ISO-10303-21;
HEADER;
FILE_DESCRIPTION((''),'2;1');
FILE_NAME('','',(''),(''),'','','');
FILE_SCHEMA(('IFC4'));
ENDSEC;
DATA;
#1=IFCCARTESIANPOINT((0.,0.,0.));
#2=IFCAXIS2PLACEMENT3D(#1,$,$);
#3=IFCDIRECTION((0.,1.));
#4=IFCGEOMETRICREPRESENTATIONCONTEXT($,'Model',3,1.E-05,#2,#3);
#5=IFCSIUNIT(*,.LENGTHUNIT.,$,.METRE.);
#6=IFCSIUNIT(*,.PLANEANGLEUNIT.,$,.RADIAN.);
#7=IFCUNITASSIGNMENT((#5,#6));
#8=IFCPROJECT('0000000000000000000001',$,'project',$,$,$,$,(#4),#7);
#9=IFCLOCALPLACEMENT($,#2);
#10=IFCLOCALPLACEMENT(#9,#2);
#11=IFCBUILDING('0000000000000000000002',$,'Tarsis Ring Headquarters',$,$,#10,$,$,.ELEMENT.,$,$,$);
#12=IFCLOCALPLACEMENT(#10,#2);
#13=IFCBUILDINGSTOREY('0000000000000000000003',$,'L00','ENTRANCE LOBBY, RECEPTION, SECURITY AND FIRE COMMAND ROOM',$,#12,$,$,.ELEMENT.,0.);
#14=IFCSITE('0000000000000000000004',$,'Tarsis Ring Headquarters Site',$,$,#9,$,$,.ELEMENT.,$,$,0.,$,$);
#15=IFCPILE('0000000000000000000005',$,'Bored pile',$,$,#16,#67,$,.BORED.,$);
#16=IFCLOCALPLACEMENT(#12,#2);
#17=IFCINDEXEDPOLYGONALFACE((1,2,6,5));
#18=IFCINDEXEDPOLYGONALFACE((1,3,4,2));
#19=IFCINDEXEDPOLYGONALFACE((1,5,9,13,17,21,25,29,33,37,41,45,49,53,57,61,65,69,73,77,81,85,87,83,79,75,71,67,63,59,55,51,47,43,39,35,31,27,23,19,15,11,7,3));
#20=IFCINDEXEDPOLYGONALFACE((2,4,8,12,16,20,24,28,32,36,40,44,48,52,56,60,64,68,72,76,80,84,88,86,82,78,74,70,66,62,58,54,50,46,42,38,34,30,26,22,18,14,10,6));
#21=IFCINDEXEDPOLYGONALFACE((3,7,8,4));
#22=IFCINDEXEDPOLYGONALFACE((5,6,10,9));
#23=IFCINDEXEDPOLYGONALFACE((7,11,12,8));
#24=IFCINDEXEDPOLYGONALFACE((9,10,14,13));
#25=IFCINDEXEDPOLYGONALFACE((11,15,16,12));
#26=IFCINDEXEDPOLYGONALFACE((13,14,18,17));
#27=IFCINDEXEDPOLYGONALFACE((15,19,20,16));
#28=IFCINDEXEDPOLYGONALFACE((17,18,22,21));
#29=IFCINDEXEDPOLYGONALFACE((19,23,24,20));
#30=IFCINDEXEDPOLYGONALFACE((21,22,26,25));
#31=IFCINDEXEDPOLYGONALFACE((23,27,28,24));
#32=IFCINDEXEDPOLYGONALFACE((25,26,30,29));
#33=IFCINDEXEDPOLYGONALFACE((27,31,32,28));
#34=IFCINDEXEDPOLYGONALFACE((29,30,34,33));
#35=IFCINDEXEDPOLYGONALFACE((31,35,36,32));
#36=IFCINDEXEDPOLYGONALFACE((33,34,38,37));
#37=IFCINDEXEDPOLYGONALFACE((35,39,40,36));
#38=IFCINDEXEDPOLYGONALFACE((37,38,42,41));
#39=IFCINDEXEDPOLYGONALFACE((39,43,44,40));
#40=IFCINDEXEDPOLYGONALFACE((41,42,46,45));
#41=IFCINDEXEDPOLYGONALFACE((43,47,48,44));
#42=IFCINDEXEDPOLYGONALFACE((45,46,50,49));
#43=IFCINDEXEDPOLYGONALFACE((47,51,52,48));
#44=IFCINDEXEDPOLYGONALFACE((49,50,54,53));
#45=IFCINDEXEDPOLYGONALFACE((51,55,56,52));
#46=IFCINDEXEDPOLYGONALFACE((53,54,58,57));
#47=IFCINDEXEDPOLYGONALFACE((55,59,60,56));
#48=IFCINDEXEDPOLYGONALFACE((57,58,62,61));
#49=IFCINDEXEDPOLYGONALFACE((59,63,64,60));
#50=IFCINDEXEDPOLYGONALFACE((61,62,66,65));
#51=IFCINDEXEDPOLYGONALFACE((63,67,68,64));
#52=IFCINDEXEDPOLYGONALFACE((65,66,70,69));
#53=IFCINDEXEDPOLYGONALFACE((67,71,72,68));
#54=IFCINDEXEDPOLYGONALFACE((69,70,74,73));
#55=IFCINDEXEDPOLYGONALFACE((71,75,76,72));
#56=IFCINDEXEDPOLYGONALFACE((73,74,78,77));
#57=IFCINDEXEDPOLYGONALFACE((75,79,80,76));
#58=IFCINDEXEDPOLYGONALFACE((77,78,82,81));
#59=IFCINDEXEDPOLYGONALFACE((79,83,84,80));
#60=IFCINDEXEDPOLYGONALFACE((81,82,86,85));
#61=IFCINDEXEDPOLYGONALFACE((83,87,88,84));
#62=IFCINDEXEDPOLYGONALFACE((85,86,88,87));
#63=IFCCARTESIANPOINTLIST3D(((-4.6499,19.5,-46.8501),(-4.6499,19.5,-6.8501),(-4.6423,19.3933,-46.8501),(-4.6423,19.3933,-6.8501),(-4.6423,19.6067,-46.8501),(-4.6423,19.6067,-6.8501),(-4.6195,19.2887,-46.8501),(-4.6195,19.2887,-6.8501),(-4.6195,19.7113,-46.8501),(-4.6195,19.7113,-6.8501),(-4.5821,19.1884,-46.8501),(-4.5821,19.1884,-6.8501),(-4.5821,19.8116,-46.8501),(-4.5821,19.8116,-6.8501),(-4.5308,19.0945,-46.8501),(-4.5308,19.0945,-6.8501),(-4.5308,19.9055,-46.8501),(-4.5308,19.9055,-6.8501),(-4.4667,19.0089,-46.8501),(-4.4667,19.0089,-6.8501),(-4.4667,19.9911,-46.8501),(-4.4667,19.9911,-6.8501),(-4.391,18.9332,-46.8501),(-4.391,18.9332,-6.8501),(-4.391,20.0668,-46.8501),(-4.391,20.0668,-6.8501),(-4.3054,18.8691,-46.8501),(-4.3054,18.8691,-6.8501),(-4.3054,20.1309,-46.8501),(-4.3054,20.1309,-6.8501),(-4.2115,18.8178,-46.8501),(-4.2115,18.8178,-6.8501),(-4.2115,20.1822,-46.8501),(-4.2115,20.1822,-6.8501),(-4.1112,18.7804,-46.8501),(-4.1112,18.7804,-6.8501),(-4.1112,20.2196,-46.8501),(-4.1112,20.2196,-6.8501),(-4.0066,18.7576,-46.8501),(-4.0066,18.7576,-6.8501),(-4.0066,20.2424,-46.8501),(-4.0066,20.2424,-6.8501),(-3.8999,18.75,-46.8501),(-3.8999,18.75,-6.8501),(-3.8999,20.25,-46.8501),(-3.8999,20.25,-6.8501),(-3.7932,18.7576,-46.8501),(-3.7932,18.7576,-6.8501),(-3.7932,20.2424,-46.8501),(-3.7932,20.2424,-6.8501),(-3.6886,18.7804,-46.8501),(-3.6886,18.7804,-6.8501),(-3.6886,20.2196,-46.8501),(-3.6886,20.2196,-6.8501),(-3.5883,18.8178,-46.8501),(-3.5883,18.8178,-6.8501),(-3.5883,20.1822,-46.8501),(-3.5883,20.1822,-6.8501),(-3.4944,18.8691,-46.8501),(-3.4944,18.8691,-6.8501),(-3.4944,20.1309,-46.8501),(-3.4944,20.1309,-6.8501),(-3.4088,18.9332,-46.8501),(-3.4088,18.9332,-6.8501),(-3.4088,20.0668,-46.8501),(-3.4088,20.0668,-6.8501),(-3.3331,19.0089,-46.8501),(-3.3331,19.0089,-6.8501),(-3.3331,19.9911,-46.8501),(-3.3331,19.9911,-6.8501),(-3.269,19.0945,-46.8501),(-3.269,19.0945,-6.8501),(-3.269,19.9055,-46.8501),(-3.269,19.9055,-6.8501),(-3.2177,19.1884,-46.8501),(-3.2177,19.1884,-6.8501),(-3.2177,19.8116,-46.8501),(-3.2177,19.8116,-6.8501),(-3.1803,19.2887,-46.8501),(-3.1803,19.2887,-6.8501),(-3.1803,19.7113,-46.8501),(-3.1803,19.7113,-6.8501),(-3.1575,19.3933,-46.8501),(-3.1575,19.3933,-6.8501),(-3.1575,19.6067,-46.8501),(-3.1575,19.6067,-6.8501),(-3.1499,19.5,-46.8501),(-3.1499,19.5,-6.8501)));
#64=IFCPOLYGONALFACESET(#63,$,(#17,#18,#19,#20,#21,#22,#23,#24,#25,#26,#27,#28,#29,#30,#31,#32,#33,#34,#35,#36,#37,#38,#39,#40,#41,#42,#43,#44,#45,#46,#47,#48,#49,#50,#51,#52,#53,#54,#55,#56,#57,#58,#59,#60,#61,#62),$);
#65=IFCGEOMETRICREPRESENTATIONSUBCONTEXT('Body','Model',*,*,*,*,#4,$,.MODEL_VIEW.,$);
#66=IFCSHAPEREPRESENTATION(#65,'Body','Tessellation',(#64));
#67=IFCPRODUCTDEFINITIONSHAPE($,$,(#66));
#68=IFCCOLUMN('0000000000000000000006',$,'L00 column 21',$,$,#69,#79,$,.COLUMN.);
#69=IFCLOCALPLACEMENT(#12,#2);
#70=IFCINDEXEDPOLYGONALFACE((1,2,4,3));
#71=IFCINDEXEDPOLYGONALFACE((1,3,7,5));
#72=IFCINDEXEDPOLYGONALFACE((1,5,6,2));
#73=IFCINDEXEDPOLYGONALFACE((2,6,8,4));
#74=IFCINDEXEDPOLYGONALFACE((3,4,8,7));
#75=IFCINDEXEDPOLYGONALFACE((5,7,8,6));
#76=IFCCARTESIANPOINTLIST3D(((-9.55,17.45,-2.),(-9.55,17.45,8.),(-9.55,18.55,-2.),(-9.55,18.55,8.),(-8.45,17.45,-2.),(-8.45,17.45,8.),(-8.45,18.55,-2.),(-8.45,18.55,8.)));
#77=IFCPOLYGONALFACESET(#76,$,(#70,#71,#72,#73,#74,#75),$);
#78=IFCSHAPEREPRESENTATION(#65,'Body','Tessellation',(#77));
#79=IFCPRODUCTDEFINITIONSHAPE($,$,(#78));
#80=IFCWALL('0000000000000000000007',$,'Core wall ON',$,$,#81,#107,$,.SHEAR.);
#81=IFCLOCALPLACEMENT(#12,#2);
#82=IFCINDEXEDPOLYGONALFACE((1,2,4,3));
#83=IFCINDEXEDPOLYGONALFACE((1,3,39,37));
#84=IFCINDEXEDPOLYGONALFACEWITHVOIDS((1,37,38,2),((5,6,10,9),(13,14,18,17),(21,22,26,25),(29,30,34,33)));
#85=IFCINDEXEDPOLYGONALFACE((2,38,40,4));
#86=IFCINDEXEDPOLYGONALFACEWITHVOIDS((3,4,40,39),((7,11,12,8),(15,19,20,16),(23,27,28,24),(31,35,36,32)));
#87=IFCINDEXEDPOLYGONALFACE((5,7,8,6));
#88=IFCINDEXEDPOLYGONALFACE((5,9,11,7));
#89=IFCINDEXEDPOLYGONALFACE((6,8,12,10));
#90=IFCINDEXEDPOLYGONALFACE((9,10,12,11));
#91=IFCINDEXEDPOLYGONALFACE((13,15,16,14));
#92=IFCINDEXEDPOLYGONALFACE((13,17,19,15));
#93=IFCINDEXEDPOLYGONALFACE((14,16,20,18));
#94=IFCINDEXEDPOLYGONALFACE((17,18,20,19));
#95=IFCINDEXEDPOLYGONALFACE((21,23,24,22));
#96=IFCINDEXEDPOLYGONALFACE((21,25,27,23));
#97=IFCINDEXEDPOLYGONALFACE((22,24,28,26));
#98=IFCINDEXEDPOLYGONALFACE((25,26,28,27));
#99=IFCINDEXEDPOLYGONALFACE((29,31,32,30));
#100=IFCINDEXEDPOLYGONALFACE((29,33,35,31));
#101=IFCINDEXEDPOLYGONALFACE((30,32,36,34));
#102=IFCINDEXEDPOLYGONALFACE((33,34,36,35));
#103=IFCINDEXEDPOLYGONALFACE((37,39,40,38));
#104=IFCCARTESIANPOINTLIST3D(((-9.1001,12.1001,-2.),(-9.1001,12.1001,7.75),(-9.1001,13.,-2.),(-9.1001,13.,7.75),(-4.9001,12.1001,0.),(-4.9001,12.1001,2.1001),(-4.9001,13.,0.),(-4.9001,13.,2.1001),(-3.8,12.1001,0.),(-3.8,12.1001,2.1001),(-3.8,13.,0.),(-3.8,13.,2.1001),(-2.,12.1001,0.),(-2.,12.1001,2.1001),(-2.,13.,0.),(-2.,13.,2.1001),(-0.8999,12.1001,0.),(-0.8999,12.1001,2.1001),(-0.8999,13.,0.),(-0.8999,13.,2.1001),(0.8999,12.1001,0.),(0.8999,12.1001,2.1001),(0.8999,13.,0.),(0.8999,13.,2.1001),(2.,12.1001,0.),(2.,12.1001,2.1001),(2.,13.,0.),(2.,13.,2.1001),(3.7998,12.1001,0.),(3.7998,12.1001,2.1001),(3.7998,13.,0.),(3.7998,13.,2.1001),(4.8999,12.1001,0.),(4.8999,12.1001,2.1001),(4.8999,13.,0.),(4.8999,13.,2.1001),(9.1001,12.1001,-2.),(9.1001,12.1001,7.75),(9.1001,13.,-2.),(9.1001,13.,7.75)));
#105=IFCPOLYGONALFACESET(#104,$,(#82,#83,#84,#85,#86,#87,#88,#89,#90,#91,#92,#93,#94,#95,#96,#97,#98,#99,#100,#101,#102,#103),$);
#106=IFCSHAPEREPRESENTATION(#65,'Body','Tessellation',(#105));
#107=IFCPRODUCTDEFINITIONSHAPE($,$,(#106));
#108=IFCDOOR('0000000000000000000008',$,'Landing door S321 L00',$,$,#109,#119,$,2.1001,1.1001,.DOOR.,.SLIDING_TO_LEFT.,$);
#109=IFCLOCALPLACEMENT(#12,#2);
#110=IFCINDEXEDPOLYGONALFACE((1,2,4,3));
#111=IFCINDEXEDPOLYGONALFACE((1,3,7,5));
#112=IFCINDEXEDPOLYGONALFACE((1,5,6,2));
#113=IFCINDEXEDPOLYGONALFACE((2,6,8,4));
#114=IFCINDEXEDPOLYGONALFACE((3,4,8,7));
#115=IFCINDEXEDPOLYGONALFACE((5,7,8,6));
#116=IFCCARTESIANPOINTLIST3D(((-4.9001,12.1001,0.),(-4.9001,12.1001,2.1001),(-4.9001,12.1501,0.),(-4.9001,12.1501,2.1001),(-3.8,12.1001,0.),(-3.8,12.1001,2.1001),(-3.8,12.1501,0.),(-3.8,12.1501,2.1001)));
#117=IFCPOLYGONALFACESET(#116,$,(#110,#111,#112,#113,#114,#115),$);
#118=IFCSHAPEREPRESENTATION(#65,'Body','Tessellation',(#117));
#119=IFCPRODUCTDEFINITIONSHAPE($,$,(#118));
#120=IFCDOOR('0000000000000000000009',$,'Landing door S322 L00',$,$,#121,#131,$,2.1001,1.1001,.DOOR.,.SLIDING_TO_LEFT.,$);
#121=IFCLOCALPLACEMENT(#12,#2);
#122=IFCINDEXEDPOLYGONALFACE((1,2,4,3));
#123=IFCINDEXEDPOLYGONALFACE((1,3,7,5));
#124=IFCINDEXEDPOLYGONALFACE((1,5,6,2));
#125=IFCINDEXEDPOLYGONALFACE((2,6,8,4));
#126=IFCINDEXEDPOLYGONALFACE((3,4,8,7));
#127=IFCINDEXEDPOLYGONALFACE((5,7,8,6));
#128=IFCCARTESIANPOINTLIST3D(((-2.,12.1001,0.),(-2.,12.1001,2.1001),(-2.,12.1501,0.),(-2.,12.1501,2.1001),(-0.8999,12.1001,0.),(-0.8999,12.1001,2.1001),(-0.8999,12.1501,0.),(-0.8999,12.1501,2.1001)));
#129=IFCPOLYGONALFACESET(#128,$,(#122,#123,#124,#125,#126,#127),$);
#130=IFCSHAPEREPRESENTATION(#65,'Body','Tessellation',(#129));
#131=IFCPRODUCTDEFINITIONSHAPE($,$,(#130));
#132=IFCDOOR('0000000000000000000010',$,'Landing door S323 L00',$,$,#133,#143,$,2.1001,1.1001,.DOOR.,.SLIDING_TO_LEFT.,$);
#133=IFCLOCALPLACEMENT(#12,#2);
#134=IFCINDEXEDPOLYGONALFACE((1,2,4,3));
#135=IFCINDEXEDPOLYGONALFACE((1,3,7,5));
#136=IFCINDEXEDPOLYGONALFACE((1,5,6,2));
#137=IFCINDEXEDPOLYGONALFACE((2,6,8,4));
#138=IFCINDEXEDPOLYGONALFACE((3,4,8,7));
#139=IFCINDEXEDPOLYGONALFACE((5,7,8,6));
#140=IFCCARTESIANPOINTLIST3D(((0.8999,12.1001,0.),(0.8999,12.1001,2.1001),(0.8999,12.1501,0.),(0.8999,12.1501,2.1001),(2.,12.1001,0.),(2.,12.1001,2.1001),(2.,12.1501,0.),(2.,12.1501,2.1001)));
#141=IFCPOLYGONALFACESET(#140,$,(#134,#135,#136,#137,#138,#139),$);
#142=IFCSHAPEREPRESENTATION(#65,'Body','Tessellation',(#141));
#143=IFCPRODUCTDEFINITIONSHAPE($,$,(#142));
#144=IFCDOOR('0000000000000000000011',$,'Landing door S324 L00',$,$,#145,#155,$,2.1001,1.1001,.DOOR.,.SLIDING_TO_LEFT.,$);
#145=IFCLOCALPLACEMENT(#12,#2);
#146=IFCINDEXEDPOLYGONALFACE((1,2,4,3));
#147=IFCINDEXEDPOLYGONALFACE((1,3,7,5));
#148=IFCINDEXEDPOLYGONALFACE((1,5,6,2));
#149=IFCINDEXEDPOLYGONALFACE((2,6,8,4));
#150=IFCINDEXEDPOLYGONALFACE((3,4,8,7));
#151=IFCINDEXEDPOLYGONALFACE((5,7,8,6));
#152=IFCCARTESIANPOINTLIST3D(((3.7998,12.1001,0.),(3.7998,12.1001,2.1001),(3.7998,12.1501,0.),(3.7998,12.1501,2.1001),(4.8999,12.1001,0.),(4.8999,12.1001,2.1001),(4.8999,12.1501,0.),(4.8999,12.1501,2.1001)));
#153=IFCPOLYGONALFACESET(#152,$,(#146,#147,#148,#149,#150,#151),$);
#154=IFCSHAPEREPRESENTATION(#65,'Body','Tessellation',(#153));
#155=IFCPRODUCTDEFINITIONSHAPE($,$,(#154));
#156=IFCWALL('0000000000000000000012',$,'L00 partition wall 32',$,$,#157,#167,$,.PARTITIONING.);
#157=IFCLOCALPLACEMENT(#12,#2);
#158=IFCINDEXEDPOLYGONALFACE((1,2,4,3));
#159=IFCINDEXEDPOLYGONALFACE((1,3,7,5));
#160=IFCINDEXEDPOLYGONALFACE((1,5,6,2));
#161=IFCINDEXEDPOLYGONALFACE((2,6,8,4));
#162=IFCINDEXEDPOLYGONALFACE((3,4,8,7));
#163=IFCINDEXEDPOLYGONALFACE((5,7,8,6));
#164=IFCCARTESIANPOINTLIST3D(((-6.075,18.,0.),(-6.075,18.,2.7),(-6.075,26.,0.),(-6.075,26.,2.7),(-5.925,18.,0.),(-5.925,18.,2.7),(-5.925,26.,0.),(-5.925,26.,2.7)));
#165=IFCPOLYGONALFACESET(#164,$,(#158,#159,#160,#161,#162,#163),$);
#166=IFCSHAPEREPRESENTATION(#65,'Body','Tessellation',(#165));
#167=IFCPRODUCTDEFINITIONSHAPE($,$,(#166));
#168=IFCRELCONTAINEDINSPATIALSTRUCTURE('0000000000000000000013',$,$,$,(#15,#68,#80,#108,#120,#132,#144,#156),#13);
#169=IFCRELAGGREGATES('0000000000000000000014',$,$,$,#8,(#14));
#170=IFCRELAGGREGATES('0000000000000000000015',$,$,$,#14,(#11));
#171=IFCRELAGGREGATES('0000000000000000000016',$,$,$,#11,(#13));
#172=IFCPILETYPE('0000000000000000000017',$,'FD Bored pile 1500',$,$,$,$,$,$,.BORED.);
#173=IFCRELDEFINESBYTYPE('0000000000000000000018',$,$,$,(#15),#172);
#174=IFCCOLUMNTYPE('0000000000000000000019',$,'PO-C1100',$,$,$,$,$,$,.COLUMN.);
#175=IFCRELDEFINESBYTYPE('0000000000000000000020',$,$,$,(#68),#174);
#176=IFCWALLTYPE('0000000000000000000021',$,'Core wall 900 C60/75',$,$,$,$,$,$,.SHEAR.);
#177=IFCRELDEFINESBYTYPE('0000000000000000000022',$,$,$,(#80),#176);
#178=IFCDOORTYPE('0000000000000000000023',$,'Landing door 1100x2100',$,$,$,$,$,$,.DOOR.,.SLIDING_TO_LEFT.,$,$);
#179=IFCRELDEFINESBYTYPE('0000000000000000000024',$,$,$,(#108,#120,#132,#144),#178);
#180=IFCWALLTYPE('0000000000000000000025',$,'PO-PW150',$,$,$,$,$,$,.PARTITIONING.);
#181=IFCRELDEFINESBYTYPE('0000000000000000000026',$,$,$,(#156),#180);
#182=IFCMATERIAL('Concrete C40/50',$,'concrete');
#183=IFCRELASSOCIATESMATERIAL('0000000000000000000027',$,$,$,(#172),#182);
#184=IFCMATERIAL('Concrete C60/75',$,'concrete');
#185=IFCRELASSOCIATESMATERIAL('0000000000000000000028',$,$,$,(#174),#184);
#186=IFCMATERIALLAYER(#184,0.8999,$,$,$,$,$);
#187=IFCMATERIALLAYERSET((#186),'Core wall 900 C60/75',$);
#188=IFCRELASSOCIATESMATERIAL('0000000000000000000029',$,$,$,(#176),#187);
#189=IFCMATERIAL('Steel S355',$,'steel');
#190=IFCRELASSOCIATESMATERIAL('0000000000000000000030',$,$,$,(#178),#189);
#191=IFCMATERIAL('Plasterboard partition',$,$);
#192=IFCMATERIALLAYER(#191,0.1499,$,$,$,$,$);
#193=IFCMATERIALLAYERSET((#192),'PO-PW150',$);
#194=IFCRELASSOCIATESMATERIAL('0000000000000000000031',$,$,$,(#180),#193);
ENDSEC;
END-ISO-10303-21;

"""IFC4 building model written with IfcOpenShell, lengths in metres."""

from ifc_helpers import new_model, si_unit, direction, frame, frame_2d, origin, origin_2d, place, context, subcontext, project, spatial, rectangle, circle, extrude, material, layer, layer_set, material_profile, profile_set, type_object, element, fill, save


model = new_model("IFC4")

# Units and contexts
model_context = context("Model", 3, precision=1e-05, world=origin(), true_north=direction((0.0, 1.0)))
body_context = subcontext(model_context, "Body", "Model", "MODEL_VIEW")
ifc_project = project(units=[si_unit("LENGTHUNIT", "METRE"), si_unit("PLANEANGLEUNIT", "RADIAN")], contexts=[model_context])

# Site, building, storey
site_placement = place(None, origin())
site = spatial("IfcSite", under=ifc_project, at=site_placement, Name="Tarsis Ring Headquarters Site", CompositionType="ELEMENT", RefElevation=0.0)
building_placement = place(site_placement, origin())
building = spatial("IfcBuilding", under=site, at=building_placement, Name="Tarsis Ring Headquarters", CompositionType="ELEMENT")
storey_placement = place(building_placement, origin())
storey = spatial("IfcBuildingStorey", under=building, at=storey_placement, Name="L00", Description="ENTRANCE LOBBY, RECEPTION, SECURITY AND FIRE COMMAND ROOM", CompositionType="ELEMENT", Elevation=0.0)

# Pile
ifc_material_1 = material(Name="Concrete C40/50", Category="concrete")
ifc_material_profile_1 = material_profile(ifc_material_1, circle(Radius=0.75, at=origin_2d()), Name="BORED 1500")
ifc_profile_set_1 = profile_set([ifc_material_profile_1], Name="Concrete C40/50")
pile_type = type_object("IfcPileType", Name="FD Bored pile 1500", PredefinedType="BORED", material=ifc_profile_set_1)
for number, where, z_axis, x_axis, name in (
    (1, (-3.8999, 19.5, -6.8501), (0.0, 0.0, -1.0), (1.0, 0.0, 0.0), "Bored pile"),
):
    element("IfcPile", number, at=place(storey_placement, frame(where, z_axis=z_axis, x_axis=x_axis)), inside=storey, type_object=pile_type, Name=name, PredefinedType="BORED", context=body_context, shape_type="SweptSolid", body=[
        extrude(circle(Radius=0.75, at=origin_2d()), origin(), (0.0, 0.0, 1.0), 40.0),
    ])

# Column
ifc_material_2 = material(Name="Concrete C60/75", Category="concrete")
ifc_material_profile_2 = material_profile(ifc_material_2, rectangle(XDim=1.1001, YDim=1.1001, at=origin_2d()), Name="PO-C1100")
ifc_profile_set_2 = profile_set([ifc_material_profile_2], Name="Concrete C60/75")
column_type = type_object("IfcColumnType", Name="PO-C1100", PredefinedType="COLUMN", material=ifc_profile_set_2)
column_placement = place(storey_placement, frame((-9.0, 18.0, -2.0), z_axis=(0.0, 0.0, 1.0), x_axis=(1.0, 0.0, 0.0)))
element("IfcColumn", 2, at=column_placement, inside=storey, type_object=column_type, Name="L00 column 21", PredefinedType="COLUMN", context=body_context, shape_type="SweptSolid", body=[
    extrude(rectangle(XDim=1.1001, YDim=1.1001, at=origin_2d()), origin(), (0.0, 0.0, 1.0), 10.0),
])

# Wall, openings, doors
ifc_layer_1 = layer(ifc_material_2, 0.8999)
ifc_layer_set_1 = layer_set([ifc_layer_1], Name="Core wall 900 C60/75")
wall_type_1 = type_object("IfcWallType", Name="Core wall 900 C60/75", PredefinedType="SHEAR", material=ifc_layer_set_1)
wall_1_placement = place(storey_placement, frame((-9.1001, 12.55, -2.0), z_axis=(0.0, 0.0, 1.0), x_axis=(1.0, 0.0, 0.0)))
wall_1 = element("IfcWall", 3, at=wall_1_placement, inside=storey, type_object=wall_type_1, Name="Core wall ON", PredefinedType="SHEAR", context=body_context, shape_type="SweptSolid", body=[
    extrude(rectangle(XDim=18.2002, YDim=0.8999, at=frame_2d((9.1001, 0.0))), origin(), (0.0, 0.0, 1.0), 9.75),
])
opening_1_placement = place(wall_1_placement, frame((4.2, 0.0, 2.0)))
opening_1 = element("IfcOpeningElement", 4, at=opening_1_placement, cuts=wall_1, PredefinedType="OPENING", context=body_context, shape_type="SweptSolid", body=[
    extrude(rectangle(XDim=1.1001, YDim=2.1001, at=frame_2d((0.55, 1.05))), frame((0.0, 0.46, 0.0), z_axis=(0.0, -1.0, 0.0), x_axis=(1.0, 0.0, 0.0)), (0.0, 0.0, 1.0), 0.9199),
])
opening_2_placement = place(wall_1_placement, frame((7.1001, 0.0, 2.0)))
opening_2 = element("IfcOpeningElement", 5, at=opening_2_placement, cuts=wall_1, PredefinedType="OPENING", context=body_context, shape_type="SweptSolid", body=[
    extrude(rectangle(XDim=1.1001, YDim=2.1001, at=frame_2d((0.55, 1.05))), frame((0.0, 0.46, 0.0), z_axis=(0.0, -1.0, 0.0), x_axis=(1.0, 0.0, 0.0)), (0.0, 0.0, 1.0), 0.9199),
])
opening_3_placement = place(wall_1_placement, frame((10.0, 0.0, 2.0)))
opening_3 = element("IfcOpeningElement", 6, at=opening_3_placement, cuts=wall_1, PredefinedType="OPENING", context=body_context, shape_type="SweptSolid", body=[
    extrude(rectangle(XDim=1.1001, YDim=2.1001, at=frame_2d((0.55, 1.05))), frame((0.0, 0.46, 0.0), z_axis=(0.0, -1.0, 0.0), x_axis=(1.0, 0.0, 0.0)), (0.0, 0.0, 1.0), 0.9199),
])
opening_4_placement = place(wall_1_placement, frame((12.8999, 0.0, 2.0)))
opening_4 = element("IfcOpeningElement", 7, at=opening_4_placement, cuts=wall_1, PredefinedType="OPENING", context=body_context, shape_type="SweptSolid", body=[
    extrude(rectangle(XDim=1.1001, YDim=2.1001, at=frame_2d((0.55, 1.05))), frame((0.0, 0.46, 0.0), z_axis=(0.0, -1.0, 0.0), x_axis=(1.0, 0.0, 0.0)), (0.0, 0.0, 1.0), 0.9199),
])
ifc_material_3 = material(Name="Steel S355", Category="steel")
door_type_1 = type_object("IfcDoorType", Name="Landing door 1100x2100", OperationType="SLIDING_TO_LEFT", PredefinedType="DOOR", material=ifc_material_3)
door_1_placement = place(opening_1_placement, origin())
door_1 = element("IfcDoor", 8, at=door_1_placement, inside=storey, type_object=door_type_1, Name="Landing door S321 L00", OperationType="SLIDING_TO_LEFT", OverallHeight=2.1001, OverallWidth=1.1001, PredefinedType="DOOR", context=body_context, shape_type="SweptSolid", body=[
    extrude(rectangle(XDim=1.1001, YDim=2.1001, at=frame_2d((0.55, 1.05))), frame((0.0, -0.3999, 0.0), z_axis=(0.0, -1.0, 0.0), x_axis=(1.0, 0.0, 0.0)), (0.0, 0.0, 1.0), 0.05),
])
fill(opening_1, door_1)
door_2_placement = place(opening_2_placement, origin())
door_2 = element("IfcDoor", 9, at=door_2_placement, inside=storey, type_object=door_type_1, Name="Landing door S322 L00", OperationType="SLIDING_TO_LEFT", OverallHeight=2.1001, OverallWidth=1.1001, PredefinedType="DOOR", context=body_context, shape_type="SweptSolid", body=[
    extrude(rectangle(XDim=1.1001, YDim=2.1001, at=frame_2d((0.55, 1.05))), frame((0.0, -0.3999, 0.0), z_axis=(0.0, -1.0, 0.0), x_axis=(1.0, 0.0, 0.0)), (0.0, 0.0, 1.0), 0.05),
])
fill(opening_2, door_2)
door_3_placement = place(opening_3_placement, origin())
door_3 = element("IfcDoor", 10, at=door_3_placement, inside=storey, type_object=door_type_1, Name="Landing door S323 L00", OperationType="SLIDING_TO_LEFT", OverallHeight=2.1001, OverallWidth=1.1001, PredefinedType="DOOR", context=body_context, shape_type="SweptSolid", body=[
    extrude(rectangle(XDim=1.1001, YDim=2.1001, at=frame_2d((0.55, 1.05))), frame((0.0, -0.3999, 0.0), z_axis=(0.0, -1.0, 0.0), x_axis=(1.0, 0.0, 0.0)), (0.0, 0.0, 1.0), 0.05),
])
fill(opening_3, door_3)
door_4_placement = place(opening_4_placement, origin())
door_4 = element("IfcDoor", 11, at=door_4_placement, inside=storey, type_object=door_type_1, Name="Landing door S324 L00", OperationType="SLIDING_TO_LEFT", OverallHeight=2.1001, OverallWidth=1.1001, PredefinedType="DOOR", context=body_context, shape_type="SweptSolid", body=[
    extrude(rectangle(XDim=1.1001, YDim=2.1001, at=frame_2d((0.55, 1.05))), frame((0.0, -0.3999, 0.0), z_axis=(0.0, -1.0, 0.0), x_axis=(1.0, 0.0, 0.0)), (0.0, 0.0, 1.0), 0.05),
])
fill(opening_4, door_4)

# Wall
ifc_material_4 = material(Name="Plasterboard partition")
ifc_layer_2 = layer(ifc_material_4, 0.1499)
ifc_layer_set_2 = layer_set([ifc_layer_2], Name="PO-PW150")
wall_type_2 = type_object("IfcWallType", Name="PO-PW150", PredefinedType="PARTITIONING", material=ifc_layer_set_2)
wall_2_placement = place(storey_placement, frame((-6.0, 18.0, 0.0), z_axis=(0.0, 0.0, 1.0), x_axis=(0.0, 1.0, 0.0)))
element("IfcWall", 12, at=wall_2_placement, inside=storey, type_object=wall_type_2, Name="L00 partition wall 32", PredefinedType="PARTITIONING", context=body_context, shape_type="SweptSolid", body=[
    extrude(rectangle(XDim=8.0, YDim=0.1499, at=frame_2d((4.0, 0.0))), origin(), (0.0, 0.0, 1.0), 2.7),
])

save(model, "model.ifc")
